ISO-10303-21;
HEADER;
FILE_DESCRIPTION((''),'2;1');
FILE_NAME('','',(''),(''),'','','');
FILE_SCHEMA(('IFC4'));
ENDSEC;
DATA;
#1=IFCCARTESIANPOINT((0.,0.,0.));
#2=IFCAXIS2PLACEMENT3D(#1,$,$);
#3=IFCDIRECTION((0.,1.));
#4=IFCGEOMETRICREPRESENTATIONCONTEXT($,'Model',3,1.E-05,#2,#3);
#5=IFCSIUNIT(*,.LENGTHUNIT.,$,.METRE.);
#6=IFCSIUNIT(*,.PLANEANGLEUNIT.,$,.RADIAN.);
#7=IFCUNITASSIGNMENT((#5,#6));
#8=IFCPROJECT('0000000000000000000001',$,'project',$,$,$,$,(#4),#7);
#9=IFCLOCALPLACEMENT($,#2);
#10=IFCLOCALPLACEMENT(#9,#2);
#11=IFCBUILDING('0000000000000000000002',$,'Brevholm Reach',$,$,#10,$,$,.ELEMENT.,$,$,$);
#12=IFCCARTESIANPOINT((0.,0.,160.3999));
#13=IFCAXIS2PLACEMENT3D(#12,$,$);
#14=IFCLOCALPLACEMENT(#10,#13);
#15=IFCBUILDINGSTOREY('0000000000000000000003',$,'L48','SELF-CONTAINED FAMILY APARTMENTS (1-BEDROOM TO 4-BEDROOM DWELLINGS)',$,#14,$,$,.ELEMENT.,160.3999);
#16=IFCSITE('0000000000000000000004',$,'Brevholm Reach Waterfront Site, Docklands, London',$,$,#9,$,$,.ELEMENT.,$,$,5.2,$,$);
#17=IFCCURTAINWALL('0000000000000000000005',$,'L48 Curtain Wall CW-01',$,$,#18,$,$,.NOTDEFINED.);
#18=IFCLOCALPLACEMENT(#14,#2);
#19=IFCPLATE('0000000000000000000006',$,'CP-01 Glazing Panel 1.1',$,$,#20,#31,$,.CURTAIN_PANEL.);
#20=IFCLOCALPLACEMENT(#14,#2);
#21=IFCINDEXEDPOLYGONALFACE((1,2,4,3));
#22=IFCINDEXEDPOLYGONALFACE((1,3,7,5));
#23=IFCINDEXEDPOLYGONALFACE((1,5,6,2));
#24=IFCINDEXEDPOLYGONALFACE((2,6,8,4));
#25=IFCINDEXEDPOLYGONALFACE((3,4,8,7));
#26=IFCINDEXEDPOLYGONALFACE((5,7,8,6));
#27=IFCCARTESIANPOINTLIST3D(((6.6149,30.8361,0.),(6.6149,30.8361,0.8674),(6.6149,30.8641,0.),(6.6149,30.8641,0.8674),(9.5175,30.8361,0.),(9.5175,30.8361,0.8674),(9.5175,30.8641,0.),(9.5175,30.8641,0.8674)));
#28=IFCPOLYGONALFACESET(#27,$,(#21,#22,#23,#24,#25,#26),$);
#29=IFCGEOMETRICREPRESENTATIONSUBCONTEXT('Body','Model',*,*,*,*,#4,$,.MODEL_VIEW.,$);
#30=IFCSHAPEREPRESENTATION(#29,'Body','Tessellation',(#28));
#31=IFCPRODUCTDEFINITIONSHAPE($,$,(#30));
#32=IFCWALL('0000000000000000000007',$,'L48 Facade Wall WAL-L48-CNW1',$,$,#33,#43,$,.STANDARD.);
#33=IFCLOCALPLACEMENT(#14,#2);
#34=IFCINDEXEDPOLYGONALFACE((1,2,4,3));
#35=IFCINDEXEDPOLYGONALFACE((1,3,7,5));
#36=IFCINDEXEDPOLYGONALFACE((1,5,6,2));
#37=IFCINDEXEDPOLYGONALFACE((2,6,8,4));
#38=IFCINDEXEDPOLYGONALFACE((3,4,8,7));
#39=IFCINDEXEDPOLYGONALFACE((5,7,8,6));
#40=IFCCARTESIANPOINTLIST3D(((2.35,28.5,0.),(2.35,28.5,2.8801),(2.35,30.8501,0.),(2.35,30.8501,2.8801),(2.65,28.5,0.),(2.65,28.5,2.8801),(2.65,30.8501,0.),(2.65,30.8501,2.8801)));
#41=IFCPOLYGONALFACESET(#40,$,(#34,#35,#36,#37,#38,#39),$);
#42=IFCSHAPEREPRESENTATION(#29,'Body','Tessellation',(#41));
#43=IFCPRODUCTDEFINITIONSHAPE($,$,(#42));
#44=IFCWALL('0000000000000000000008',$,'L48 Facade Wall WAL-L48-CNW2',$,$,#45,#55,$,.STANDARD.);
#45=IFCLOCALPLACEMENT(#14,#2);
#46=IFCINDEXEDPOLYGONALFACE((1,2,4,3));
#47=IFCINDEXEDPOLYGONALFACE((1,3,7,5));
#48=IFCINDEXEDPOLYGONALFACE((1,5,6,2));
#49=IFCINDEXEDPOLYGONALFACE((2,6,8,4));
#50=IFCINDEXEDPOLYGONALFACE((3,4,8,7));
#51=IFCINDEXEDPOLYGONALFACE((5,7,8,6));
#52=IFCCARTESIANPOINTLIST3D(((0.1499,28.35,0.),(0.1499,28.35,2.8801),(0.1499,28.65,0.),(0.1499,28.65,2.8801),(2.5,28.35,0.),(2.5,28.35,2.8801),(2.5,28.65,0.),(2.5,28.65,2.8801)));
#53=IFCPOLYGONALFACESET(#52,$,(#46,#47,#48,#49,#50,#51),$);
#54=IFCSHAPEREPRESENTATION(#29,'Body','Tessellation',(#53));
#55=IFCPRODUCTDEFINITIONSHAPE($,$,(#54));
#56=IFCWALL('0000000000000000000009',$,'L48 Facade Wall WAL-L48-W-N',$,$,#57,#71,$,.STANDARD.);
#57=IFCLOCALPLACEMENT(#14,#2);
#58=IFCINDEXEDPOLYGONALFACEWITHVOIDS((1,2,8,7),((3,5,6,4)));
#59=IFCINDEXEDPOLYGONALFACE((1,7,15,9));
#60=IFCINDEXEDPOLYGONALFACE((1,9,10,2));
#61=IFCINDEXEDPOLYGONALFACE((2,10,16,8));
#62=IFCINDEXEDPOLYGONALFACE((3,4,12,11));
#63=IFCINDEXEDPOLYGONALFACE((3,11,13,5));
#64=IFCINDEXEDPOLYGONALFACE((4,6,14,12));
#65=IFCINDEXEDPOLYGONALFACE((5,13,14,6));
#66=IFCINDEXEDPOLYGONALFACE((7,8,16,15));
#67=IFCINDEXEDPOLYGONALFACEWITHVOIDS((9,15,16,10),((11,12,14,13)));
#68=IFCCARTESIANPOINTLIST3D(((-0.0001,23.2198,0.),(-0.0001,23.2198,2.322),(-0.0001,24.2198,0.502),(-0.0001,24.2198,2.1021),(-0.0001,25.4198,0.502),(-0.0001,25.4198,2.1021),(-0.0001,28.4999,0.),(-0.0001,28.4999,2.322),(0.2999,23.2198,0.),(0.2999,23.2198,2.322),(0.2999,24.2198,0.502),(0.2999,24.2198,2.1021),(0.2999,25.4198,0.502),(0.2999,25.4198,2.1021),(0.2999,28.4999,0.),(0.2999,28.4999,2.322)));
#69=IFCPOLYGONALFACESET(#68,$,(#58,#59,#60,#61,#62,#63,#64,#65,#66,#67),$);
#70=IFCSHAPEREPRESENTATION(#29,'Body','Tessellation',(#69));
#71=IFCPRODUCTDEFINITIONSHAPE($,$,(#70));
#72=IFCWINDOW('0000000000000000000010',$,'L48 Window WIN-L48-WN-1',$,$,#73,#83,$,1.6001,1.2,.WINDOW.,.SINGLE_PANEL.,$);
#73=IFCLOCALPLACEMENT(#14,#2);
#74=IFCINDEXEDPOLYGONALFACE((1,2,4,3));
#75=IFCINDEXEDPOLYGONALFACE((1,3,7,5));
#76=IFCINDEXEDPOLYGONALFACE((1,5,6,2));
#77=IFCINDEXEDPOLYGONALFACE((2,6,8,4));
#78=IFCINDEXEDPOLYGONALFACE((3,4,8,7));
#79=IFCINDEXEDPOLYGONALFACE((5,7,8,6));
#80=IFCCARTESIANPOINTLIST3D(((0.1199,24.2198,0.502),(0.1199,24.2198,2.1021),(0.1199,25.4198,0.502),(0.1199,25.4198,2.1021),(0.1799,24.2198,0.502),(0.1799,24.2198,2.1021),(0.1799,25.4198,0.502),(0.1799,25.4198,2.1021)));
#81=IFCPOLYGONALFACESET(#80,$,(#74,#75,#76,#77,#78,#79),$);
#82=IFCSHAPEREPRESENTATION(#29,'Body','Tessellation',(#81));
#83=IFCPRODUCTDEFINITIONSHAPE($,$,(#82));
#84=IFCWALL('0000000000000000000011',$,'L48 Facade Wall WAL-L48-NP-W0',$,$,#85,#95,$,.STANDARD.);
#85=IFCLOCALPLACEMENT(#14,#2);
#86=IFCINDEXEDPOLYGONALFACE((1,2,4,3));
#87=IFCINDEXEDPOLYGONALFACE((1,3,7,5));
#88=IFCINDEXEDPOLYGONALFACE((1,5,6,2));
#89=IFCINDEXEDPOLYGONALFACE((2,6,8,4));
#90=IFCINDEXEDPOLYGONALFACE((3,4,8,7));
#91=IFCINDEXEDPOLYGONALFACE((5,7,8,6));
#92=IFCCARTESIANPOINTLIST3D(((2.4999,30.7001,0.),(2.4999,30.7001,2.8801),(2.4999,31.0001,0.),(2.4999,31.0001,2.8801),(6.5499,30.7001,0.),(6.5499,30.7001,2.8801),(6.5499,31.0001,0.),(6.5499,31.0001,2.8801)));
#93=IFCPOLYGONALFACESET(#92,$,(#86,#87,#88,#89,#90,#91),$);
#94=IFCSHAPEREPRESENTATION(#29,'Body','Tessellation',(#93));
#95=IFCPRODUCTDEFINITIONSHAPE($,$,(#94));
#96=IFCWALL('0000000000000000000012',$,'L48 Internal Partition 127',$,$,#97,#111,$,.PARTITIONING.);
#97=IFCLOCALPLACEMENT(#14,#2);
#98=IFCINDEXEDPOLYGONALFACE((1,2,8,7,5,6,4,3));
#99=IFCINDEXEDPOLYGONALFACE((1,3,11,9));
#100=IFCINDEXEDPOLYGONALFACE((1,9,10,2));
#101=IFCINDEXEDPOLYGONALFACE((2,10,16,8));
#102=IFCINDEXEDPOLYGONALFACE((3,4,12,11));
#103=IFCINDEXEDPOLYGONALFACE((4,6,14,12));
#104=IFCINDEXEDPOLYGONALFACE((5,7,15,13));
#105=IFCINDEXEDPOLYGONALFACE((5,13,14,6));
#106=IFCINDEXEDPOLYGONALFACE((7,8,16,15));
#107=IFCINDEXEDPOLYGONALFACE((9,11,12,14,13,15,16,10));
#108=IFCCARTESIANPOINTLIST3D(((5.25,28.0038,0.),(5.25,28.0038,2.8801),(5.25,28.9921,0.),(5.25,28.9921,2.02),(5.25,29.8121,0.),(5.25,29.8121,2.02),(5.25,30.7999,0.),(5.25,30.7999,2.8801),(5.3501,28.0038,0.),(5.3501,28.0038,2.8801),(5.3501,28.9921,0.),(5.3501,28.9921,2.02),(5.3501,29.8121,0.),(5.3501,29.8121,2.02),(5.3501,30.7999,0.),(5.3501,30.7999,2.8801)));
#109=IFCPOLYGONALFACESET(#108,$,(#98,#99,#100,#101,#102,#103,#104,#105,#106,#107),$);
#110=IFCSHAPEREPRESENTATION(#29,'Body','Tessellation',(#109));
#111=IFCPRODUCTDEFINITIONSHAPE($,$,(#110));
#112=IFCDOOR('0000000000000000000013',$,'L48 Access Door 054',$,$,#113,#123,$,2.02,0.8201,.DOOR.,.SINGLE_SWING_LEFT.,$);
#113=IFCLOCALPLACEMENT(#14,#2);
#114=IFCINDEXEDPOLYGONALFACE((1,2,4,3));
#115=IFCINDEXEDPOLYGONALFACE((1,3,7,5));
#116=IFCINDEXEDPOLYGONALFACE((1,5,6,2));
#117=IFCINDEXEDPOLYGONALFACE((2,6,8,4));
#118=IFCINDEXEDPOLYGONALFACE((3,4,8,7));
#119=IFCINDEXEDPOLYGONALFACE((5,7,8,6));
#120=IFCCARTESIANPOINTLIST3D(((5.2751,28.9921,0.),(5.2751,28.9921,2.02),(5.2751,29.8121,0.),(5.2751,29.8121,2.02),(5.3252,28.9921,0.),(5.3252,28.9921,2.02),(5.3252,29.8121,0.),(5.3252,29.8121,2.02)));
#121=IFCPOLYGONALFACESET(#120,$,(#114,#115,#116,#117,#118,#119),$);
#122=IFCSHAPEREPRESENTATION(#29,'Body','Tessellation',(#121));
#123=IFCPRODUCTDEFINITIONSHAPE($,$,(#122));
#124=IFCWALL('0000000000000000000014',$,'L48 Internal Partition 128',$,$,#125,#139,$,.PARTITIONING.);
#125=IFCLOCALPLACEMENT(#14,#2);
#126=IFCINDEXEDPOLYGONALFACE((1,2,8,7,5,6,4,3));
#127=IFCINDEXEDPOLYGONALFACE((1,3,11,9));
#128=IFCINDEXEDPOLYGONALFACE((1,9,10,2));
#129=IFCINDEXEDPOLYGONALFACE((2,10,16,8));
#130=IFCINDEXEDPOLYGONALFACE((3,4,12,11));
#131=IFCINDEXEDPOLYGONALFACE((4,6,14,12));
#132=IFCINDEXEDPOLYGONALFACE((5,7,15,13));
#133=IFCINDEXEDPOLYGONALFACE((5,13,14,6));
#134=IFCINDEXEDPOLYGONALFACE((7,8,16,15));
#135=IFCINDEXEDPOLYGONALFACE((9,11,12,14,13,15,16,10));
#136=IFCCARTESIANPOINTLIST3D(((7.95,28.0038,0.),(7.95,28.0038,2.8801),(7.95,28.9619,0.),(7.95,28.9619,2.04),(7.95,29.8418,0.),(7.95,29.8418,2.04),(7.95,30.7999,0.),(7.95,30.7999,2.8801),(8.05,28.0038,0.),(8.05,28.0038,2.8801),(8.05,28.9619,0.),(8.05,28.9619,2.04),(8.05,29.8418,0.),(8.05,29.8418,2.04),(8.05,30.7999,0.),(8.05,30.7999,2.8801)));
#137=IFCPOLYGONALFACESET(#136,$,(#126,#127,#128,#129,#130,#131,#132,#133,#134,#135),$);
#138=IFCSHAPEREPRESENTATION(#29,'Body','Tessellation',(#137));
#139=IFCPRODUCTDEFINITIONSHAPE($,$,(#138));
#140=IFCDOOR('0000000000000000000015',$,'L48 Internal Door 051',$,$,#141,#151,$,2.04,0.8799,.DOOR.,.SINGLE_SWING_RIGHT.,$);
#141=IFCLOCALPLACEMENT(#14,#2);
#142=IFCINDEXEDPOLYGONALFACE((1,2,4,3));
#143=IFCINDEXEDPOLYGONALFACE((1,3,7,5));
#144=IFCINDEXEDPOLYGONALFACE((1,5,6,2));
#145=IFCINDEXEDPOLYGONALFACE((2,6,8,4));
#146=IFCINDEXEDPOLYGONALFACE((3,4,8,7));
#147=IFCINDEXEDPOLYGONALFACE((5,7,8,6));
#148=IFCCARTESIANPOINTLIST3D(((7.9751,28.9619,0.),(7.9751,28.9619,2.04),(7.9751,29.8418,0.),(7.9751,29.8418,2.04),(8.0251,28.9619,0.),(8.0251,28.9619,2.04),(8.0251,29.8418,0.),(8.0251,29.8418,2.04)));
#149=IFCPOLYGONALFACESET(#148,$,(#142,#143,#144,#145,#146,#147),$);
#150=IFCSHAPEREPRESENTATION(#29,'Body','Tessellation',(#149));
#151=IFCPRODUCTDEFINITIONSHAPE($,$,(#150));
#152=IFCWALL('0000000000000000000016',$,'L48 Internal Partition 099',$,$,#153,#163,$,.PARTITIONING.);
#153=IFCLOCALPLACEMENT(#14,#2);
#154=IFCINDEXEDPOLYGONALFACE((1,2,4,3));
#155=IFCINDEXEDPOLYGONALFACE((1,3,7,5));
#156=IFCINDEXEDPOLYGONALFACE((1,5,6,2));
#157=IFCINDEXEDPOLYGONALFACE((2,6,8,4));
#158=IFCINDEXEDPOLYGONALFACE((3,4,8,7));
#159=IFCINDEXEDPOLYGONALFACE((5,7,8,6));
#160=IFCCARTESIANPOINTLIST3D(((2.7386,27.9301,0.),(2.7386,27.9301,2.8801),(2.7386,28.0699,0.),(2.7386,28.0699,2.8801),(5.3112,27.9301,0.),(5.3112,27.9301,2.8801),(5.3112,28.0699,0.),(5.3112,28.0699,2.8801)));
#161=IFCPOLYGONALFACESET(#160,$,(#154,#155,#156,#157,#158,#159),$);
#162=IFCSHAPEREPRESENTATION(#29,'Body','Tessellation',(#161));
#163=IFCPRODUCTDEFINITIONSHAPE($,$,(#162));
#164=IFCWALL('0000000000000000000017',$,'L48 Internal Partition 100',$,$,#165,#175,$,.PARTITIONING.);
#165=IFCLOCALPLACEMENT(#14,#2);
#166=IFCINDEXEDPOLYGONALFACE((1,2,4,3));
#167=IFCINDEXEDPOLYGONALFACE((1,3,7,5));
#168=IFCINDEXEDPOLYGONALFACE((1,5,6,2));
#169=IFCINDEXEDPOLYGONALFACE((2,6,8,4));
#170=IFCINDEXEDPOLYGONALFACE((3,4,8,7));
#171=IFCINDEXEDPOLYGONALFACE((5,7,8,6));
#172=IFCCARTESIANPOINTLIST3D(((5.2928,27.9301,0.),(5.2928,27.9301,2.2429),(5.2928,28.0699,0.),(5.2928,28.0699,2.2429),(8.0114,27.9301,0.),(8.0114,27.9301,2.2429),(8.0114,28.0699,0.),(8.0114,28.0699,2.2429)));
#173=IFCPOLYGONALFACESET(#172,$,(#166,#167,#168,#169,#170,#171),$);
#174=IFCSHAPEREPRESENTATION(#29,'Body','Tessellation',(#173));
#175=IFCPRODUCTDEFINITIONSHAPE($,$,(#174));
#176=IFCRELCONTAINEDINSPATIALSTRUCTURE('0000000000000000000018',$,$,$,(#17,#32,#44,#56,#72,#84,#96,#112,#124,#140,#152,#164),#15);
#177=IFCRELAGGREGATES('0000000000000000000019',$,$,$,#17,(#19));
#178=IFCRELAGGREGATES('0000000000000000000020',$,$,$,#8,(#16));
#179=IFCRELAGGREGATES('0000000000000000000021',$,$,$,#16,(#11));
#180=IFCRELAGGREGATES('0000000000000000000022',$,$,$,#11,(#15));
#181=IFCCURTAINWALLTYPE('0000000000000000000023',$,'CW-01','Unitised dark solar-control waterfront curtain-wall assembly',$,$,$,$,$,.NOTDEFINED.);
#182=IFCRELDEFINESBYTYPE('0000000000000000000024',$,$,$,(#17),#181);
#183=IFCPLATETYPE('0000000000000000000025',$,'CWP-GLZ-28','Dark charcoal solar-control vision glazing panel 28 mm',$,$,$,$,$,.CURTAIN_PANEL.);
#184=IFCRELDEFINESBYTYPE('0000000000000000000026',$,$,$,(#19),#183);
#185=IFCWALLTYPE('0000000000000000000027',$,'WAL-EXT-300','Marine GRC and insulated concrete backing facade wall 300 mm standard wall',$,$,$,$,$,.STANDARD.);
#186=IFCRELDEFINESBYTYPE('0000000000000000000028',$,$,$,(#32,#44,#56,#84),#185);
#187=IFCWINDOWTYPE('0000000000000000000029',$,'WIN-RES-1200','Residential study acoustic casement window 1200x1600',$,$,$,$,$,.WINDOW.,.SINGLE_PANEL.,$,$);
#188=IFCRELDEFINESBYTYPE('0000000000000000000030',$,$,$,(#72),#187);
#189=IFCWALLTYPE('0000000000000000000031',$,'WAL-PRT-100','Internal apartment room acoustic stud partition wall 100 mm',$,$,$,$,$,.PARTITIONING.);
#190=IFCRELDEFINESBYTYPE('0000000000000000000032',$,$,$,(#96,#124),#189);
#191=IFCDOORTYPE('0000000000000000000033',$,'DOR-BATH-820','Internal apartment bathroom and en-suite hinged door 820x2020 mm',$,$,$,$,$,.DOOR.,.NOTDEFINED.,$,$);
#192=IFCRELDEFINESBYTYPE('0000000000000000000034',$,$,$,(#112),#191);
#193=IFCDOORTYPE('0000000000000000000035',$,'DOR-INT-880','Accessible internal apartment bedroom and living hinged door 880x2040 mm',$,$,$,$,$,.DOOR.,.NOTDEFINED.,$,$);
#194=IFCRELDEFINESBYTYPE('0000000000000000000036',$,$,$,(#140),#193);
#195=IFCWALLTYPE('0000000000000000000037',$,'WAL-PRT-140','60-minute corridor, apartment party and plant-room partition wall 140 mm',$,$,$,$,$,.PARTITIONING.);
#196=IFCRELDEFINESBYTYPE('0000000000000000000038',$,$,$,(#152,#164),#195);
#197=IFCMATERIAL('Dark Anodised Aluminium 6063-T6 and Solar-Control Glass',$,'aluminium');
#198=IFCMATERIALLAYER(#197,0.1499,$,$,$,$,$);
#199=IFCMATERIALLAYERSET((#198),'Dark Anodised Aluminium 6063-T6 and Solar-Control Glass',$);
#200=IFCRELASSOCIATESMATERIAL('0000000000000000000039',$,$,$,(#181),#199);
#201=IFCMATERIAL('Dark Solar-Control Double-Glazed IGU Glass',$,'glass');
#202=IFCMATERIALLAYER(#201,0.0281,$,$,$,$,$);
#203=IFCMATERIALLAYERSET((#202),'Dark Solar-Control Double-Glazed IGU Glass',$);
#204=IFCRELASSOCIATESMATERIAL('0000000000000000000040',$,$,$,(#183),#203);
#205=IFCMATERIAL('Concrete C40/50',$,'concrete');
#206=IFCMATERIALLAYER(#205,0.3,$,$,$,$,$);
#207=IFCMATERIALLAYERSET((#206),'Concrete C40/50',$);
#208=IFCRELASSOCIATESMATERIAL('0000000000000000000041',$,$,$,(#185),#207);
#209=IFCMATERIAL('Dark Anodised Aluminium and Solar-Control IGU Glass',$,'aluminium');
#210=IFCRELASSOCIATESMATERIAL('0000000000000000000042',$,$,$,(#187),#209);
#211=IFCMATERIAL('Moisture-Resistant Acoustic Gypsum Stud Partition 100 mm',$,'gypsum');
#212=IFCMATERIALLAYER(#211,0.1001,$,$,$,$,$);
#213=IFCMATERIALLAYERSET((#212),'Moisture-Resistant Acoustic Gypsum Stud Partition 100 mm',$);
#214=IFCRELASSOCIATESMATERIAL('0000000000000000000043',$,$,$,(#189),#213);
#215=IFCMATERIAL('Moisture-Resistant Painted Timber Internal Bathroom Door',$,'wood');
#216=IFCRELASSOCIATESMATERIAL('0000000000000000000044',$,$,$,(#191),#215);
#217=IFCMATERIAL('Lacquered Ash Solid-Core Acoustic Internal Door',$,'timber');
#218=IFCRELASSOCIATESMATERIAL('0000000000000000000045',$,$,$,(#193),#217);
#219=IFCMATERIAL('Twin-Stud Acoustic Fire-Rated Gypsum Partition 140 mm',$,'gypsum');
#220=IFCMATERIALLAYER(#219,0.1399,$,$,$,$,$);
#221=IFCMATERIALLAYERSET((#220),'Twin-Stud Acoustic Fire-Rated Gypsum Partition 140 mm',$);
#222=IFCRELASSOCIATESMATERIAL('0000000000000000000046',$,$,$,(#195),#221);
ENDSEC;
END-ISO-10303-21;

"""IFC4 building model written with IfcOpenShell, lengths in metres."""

from ifc_helpers import new_model, si_unit, direction, frame, frame_2d, origin, origin_2d, place, context, subcontext, project, spatial, rectangle, extrude, material, layer, layer_set, type_object, element, fill, aggregate, save


model = new_model("IFC4")

# Units and contexts
model_context = context("Model", 3, precision=1e-05, world=origin(), true_north=direction((0.0, 1.0)))
body_context = subcontext(model_context, "Body", "Model", "MODEL_VIEW")
ifc_project = project(units=[si_unit("LENGTHUNIT", "METRE"), si_unit("PLANEANGLEUNIT", "RADIAN")], contexts=[model_context])

# Site, building, storey
site_placement = place(None, origin())
site = spatial("IfcSite", under=ifc_project, at=site_placement, Name="Brevholm Reach Waterfront Site, Docklands, London", CompositionType="ELEMENT", RefElevation=5.2)
building_placement = place(site_placement, origin())
building = spatial("IfcBuilding", under=site, at=building_placement, Name="Brevholm Reach", CompositionType="ELEMENT")
storey_placement = place(building_placement, frame((0.0, 0.0, 160.3999)))
storey = spatial("IfcBuildingStorey", under=building, at=storey_placement, Name="L48", Description="SELF-CONTAINED FAMILY APARTMENTS (1-BEDROOM TO 4-BEDROOM DWELLINGS)", CompositionType="ELEMENT", Elevation=160.3999)

# Curtain wall, plate
ifc_material_1 = material(Name="Dark Anodised Aluminium 6063-T6 and Solar-Control Glass", Category="aluminium")
ifc_layer_1 = layer(ifc_material_1, 0.1499)
ifc_layer_set_1 = layer_set([ifc_layer_1], Name="Dark Anodised Aluminium 6063-T6 and Solar-Control Glass")
curtain_wall_type = type_object("IfcCurtainWallType", Name="CW-01", Description="Unitised dark solar-control waterfront curtain-wall assembly", PredefinedType="NOTDEFINED", material=ifc_layer_set_1)
curtain_wall_placement = place(storey_placement, origin())
curtain_wall = element("IfcCurtainWall", 1, at=curtain_wall_placement, inside=storey, type_object=curtain_wall_type, Name="L48 Curtain Wall CW-01", PredefinedType="NOTDEFINED")
ifc_material_2 = material(Name="Dark Solar-Control Double-Glazed IGU Glass", Category="glass")
ifc_layer_2 = layer(ifc_material_2, 0.0281)
ifc_layer_set_2 = layer_set([ifc_layer_2], Name="Dark Solar-Control Double-Glazed IGU Glass")
plate_type = type_object("IfcPlateType", Name="CWP-GLZ-28", Description="Dark charcoal solar-control vision glazing panel 28 mm", PredefinedType="CURTAIN_PANEL", material=ifc_layer_set_2)
plate_placement = place(storey_placement, frame((8.0662, 30.8501, 0.0), z_axis=(0.0, 0.0, 1.0), x_axis=(1.0, 0.0, 0.0)))
plate = element("IfcPlate", 2, at=plate_placement, type_object=plate_type, Name="CP-01 Glazing Panel 1.1", PredefinedType="CURTAIN_PANEL", context=body_context, shape_type="SweptSolid", body=[
    extrude(rectangle(XDim=2.9026, YDim=0.0281, at=origin_2d()), origin(), (0.0, 0.0, 1.0), 0.8674),
])
aggregate(curtain_wall, [plate])

# Walls
ifc_material_3 = material(Name="Concrete C40/50", Category="concrete")
ifc_layer_3 = layer(ifc_material_3, 0.3)
ifc_layer_set_3 = layer_set([ifc_layer_3], Name="Concrete C40/50")
wall_type_1 = type_object("IfcWallType", Name="WAL-EXT-300", Description="Marine GRC and insulated concrete backing facade wall 300 mm standard wall", PredefinedType="STANDARD", material=ifc_layer_set_3)
for number, where, z_axis, x_axis, name in (
    (3, (2.5, 30.8501, 0.0), (0.0, 0.0, 1.0), (0.0, -1.0, 0.0), "L48 Facade Wall WAL-L48-CNW1"),
    (4, (2.5, 28.5, 0.0), (0.0, 0.0, 1.0), (-1.0, 0.0, 0.0), "L48 Facade Wall WAL-L48-CNW2"),
):
    element("IfcWall", number, at=place(storey_placement, frame(where, z_axis=z_axis, x_axis=x_axis)), inside=storey, type_object=wall_type_1, Name=name, PredefinedType="STANDARD", context=body_context, shape_type="SweptSolid", body=[
        extrude(rectangle(XDim=2.3501, YDim=0.3, at=frame_2d((1.175, 0.0))), origin(), (0.0, 0.0, 1.0), 2.8801),
    ])

# Wall, opening, window
wall_1_placement = place(storey_placement, frame((0.1499, 28.5, 0.0), z_axis=(0.0, 0.0, 1.0), x_axis=(0.0, -1.0, 0.0)))
wall_1 = element("IfcWall", 5, at=wall_1_placement, inside=storey, type_object=wall_type_1, Name="L48 Facade Wall WAL-L48-W-N", PredefinedType="STANDARD", context=body_context, shape_type="SweptSolid", body=[
    extrude(rectangle(XDim=5.28, YDim=0.3, at=frame_2d((2.6401, 0.0))), origin(), (0.0, 0.0, 1.0), 2.322),
])
opening_1_placement = place(wall_1_placement, frame((3.0801, 0.0, 0.502)))
opening_1 = element("IfcOpeningElement", 6, at=opening_1_placement, cuts=wall_1, PredefinedType="OPENING", context=body_context, shape_type="SweptSolid", body=[
    extrude(rectangle(XDim=1.2, YDim=1.6001, at=frame_2d((0.6001, 0.8))), frame((0.0, 0.1599, 0.0), z_axis=(0.0, -1.0, 0.0), x_axis=(1.0, 0.0, 0.0)), (0.0, 0.0, 1.0), 0.3201),
])
ifc_material_4 = material(Name="Dark Anodised Aluminium and Solar-Control IGU Glass", Category="aluminium")
window_type = type_object("IfcWindowType", Name="WIN-RES-1200", Description="Residential study acoustic casement window 1200x1600", PartitioningType="SINGLE_PANEL", PredefinedType="WINDOW", material=ifc_material_4)
window_placement = place(opening_1_placement, origin())
window = element("IfcWindow", 7, at=window_placement, inside=storey, type_object=window_type, Name="L48 Window WIN-L48-WN-1", OverallHeight=1.6001, OverallWidth=1.2, PartitioningType="SINGLE_PANEL", PredefinedType="WINDOW", context=body_context, shape_type="SweptSolid", body=[
    extrude(rectangle(XDim=1.2, YDim=1.6001, at=frame_2d((0.6001, 0.8))), frame((0.0, 0.03, 0.0), z_axis=(0.0, -1.0, 0.0), x_axis=(1.0, 0.0, 0.0)), (0.0, 0.0, 1.0), 0.0601),
])
fill(opening_1, window)

# Wall
wall_2_placement = place(storey_placement, frame((2.5, 30.8501, 0.0), z_axis=(0.0, 0.0, 1.0), x_axis=(1.0, 0.0, 0.0)))
element("IfcWall", 8, at=wall_2_placement, inside=storey, type_object=wall_type_1, Name="L48 Facade Wall WAL-L48-NP-W0", PredefinedType="STANDARD", context=body_context, shape_type="SweptSolid", body=[
    extrude(rectangle(XDim=4.05, YDim=0.3, at=frame_2d((2.0249, 0.0))), origin(), (0.0, 0.0, 1.0), 2.8801),
])

# Walls, openings, doors
ifc_material_5 = material(Name="Moisture-Resistant Acoustic Gypsum Stud Partition 100 mm", Category="gypsum")
ifc_layer_4 = layer(ifc_material_5, 0.1001)
ifc_layer_set_4 = layer_set([ifc_layer_4], Name="Moisture-Resistant Acoustic Gypsum Stud Partition 100 mm")
wall_type_2 = type_object("IfcWallType", Name="WAL-PRT-100", Description="Internal apartment room acoustic stud partition wall 100 mm", PredefinedType="PARTITIONING", material=ifc_layer_set_4)
wall_3_placement = place(storey_placement, frame((5.3, 28.0039, 0.0), z_axis=(0.0, 0.0, 1.0), x_axis=(0.0, 1.0, 0.0)))
wall_3 = element("IfcWall", 9, at=wall_3_placement, inside=storey, type_object=wall_type_2, Name="L48 Internal Partition 127", PredefinedType="PARTITIONING", context=body_context, shape_type="SweptSolid", body=[
    extrude(rectangle(XDim=2.7961, YDim=0.1001, at=frame_2d((1.3979, 0.0))), origin(), (0.0, 0.0, 1.0), 2.8801),
])
opening_2_placement = place(wall_3_placement, frame((0.988, 0.0, 0.0)))
opening_2 = element("IfcOpeningElement", 10, at=opening_2_placement, cuts=wall_3, PredefinedType="OPENING", context=body_context, shape_type="SweptSolid", body=[
    extrude(rectangle(XDim=0.8201, YDim=2.02, at=frame_2d((0.4102, 1.01))), frame((0.0, 0.0601, 0.0), z_axis=(0.0, -1.0, 0.0), x_axis=(1.0, 0.0, 0.0)), (0.0, 0.0, 1.0), 0.1201),
])
ifc_material_6 = material(Name="Moisture-Resistant Painted Timber Internal Bathroom Door", Category="wood")
door_type_1 = type_object("IfcDoorType", Name="DOR-BATH-820", Description="Internal apartment bathroom and en-suite hinged door 820x2020 mm", OperationType="NOTDEFINED", PredefinedType="DOOR", material=ifc_material_6)
door_1_placement = place(opening_2_placement, origin())
door_1 = element("IfcDoor", 11, at=door_1_placement, inside=storey, type_object=door_type_1, Name="L48 Access Door 054", OperationType="SINGLE_SWING_LEFT", OverallHeight=2.02, OverallWidth=0.8201, PredefinedType="DOOR", context=body_context, shape_type="SweptSolid", body=[
    extrude(rectangle(XDim=0.8201, YDim=2.02, at=frame_2d((0.4102, 1.01))), frame((0.0, 0.0249, 0.0), z_axis=(0.0, -1.0, 0.0), x_axis=(1.0, 0.0, 0.0)), (0.0, 0.0, 1.0), 0.05),
])
fill(opening_2, door_1)
wall_4_placement = place(storey_placement, frame((8.0, 28.0039, 0.0), z_axis=(0.0, 0.0, 1.0), x_axis=(0.0, 1.0, 0.0)))
wall_4 = element("IfcWall", 12, at=wall_4_placement, inside=storey, type_object=wall_type_2, Name="L48 Internal Partition 128", PredefinedType="PARTITIONING", context=body_context, shape_type="SweptSolid", body=[
    extrude(rectangle(XDim=2.7961, YDim=0.1001, at=frame_2d((1.3979, 0.0))), origin(), (0.0, 0.0, 1.0), 2.8801),
])
opening_3_placement = place(wall_4_placement, frame((0.958, 0.0, 0.0)))
opening_3 = element("IfcOpeningElement", 13, at=opening_3_placement, cuts=wall_4, PredefinedType="OPENING", context=body_context, shape_type="SweptSolid", body=[
    extrude(rectangle(XDim=0.8799, YDim=2.04, at=frame_2d((0.4399, 1.02))), frame((0.0, 0.0601, 0.0), z_axis=(0.0, -1.0, 0.0), x_axis=(1.0, 0.0, 0.0)), (0.0, 0.0, 1.0), 0.1201),
])
ifc_material_7 = material(Name="Lacquered Ash Solid-Core Acoustic Internal Door", Category="timber")
door_type_2 = type_object("IfcDoorType", Name="DOR-INT-880", Description="Accessible internal apartment bedroom and living hinged door 880x2040 mm", OperationType="NOTDEFINED", PredefinedType="DOOR", material=ifc_material_7)
door_2_placement = place(opening_3_placement, origin())
door_2 = element("IfcDoor", 14, at=door_2_placement, inside=storey, type_object=door_type_2, Name="L48 Internal Door 051", OperationType="SINGLE_SWING_RIGHT", OverallHeight=2.04, OverallWidth=0.8799, PredefinedType="DOOR", context=body_context, shape_type="SweptSolid", body=[
    extrude(rectangle(XDim=0.8799, YDim=2.04, at=frame_2d((0.4399, 1.02))), frame((0.0, 0.0249, 0.0), z_axis=(0.0, -1.0, 0.0), x_axis=(1.0, 0.0, 0.0)), (0.0, 0.0, 1.0), 0.05),
])
fill(opening_3, door_2)

# Walls
ifc_material_8 = material(Name="Twin-Stud Acoustic Fire-Rated Gypsum Partition 140 mm", Category="gypsum")
ifc_layer_5 = layer(ifc_material_8, 0.1399)
ifc_layer_set_5 = layer_set([ifc_layer_5], Name="Twin-Stud Acoustic Fire-Rated Gypsum Partition 140 mm")
wall_type_3 = type_object("IfcWallType", Name="WAL-PRT-140", Description="60-minute corridor, apartment party and plant-room partition wall 140 mm", PredefinedType="PARTITIONING", material=ifc_layer_set_5)
wall_5_placement = place(storey_placement, frame((2.7388, 28.0, 0.0), z_axis=(0.0, 0.0, 1.0), x_axis=(1.0, 0.0, 0.0)))
element("IfcWall", 15, at=wall_5_placement, inside=storey, type_object=wall_type_3, Name="L48 Internal Partition 099", PredefinedType="PARTITIONING", context=body_context, shape_type="SweptSolid", body=[
    extrude(rectangle(XDim=2.5725, YDim=0.1399, at=frame_2d((1.2861, 0.0))), origin(), (0.0, 0.0, 1.0), 2.8801),
])
wall_6_placement = place(storey_placement, frame((5.2927, 28.0, 0.0), z_axis=(0.0, 0.0, 1.0), x_axis=(1.0, 0.0, 0.0)))
element("IfcWall", 16, at=wall_6_placement, inside=storey, type_object=wall_type_3, Name="L48 Internal Partition 100", PredefinedType="PARTITIONING", context=body_context, shape_type="SweptSolid", body=[
    extrude(rectangle(XDim=2.7185, YDim=0.1399, at=frame_2d((1.3594, 0.0))), origin(), (0.0, 0.0, 1.0), 2.2429),
])

save(model, "model.ifc")
